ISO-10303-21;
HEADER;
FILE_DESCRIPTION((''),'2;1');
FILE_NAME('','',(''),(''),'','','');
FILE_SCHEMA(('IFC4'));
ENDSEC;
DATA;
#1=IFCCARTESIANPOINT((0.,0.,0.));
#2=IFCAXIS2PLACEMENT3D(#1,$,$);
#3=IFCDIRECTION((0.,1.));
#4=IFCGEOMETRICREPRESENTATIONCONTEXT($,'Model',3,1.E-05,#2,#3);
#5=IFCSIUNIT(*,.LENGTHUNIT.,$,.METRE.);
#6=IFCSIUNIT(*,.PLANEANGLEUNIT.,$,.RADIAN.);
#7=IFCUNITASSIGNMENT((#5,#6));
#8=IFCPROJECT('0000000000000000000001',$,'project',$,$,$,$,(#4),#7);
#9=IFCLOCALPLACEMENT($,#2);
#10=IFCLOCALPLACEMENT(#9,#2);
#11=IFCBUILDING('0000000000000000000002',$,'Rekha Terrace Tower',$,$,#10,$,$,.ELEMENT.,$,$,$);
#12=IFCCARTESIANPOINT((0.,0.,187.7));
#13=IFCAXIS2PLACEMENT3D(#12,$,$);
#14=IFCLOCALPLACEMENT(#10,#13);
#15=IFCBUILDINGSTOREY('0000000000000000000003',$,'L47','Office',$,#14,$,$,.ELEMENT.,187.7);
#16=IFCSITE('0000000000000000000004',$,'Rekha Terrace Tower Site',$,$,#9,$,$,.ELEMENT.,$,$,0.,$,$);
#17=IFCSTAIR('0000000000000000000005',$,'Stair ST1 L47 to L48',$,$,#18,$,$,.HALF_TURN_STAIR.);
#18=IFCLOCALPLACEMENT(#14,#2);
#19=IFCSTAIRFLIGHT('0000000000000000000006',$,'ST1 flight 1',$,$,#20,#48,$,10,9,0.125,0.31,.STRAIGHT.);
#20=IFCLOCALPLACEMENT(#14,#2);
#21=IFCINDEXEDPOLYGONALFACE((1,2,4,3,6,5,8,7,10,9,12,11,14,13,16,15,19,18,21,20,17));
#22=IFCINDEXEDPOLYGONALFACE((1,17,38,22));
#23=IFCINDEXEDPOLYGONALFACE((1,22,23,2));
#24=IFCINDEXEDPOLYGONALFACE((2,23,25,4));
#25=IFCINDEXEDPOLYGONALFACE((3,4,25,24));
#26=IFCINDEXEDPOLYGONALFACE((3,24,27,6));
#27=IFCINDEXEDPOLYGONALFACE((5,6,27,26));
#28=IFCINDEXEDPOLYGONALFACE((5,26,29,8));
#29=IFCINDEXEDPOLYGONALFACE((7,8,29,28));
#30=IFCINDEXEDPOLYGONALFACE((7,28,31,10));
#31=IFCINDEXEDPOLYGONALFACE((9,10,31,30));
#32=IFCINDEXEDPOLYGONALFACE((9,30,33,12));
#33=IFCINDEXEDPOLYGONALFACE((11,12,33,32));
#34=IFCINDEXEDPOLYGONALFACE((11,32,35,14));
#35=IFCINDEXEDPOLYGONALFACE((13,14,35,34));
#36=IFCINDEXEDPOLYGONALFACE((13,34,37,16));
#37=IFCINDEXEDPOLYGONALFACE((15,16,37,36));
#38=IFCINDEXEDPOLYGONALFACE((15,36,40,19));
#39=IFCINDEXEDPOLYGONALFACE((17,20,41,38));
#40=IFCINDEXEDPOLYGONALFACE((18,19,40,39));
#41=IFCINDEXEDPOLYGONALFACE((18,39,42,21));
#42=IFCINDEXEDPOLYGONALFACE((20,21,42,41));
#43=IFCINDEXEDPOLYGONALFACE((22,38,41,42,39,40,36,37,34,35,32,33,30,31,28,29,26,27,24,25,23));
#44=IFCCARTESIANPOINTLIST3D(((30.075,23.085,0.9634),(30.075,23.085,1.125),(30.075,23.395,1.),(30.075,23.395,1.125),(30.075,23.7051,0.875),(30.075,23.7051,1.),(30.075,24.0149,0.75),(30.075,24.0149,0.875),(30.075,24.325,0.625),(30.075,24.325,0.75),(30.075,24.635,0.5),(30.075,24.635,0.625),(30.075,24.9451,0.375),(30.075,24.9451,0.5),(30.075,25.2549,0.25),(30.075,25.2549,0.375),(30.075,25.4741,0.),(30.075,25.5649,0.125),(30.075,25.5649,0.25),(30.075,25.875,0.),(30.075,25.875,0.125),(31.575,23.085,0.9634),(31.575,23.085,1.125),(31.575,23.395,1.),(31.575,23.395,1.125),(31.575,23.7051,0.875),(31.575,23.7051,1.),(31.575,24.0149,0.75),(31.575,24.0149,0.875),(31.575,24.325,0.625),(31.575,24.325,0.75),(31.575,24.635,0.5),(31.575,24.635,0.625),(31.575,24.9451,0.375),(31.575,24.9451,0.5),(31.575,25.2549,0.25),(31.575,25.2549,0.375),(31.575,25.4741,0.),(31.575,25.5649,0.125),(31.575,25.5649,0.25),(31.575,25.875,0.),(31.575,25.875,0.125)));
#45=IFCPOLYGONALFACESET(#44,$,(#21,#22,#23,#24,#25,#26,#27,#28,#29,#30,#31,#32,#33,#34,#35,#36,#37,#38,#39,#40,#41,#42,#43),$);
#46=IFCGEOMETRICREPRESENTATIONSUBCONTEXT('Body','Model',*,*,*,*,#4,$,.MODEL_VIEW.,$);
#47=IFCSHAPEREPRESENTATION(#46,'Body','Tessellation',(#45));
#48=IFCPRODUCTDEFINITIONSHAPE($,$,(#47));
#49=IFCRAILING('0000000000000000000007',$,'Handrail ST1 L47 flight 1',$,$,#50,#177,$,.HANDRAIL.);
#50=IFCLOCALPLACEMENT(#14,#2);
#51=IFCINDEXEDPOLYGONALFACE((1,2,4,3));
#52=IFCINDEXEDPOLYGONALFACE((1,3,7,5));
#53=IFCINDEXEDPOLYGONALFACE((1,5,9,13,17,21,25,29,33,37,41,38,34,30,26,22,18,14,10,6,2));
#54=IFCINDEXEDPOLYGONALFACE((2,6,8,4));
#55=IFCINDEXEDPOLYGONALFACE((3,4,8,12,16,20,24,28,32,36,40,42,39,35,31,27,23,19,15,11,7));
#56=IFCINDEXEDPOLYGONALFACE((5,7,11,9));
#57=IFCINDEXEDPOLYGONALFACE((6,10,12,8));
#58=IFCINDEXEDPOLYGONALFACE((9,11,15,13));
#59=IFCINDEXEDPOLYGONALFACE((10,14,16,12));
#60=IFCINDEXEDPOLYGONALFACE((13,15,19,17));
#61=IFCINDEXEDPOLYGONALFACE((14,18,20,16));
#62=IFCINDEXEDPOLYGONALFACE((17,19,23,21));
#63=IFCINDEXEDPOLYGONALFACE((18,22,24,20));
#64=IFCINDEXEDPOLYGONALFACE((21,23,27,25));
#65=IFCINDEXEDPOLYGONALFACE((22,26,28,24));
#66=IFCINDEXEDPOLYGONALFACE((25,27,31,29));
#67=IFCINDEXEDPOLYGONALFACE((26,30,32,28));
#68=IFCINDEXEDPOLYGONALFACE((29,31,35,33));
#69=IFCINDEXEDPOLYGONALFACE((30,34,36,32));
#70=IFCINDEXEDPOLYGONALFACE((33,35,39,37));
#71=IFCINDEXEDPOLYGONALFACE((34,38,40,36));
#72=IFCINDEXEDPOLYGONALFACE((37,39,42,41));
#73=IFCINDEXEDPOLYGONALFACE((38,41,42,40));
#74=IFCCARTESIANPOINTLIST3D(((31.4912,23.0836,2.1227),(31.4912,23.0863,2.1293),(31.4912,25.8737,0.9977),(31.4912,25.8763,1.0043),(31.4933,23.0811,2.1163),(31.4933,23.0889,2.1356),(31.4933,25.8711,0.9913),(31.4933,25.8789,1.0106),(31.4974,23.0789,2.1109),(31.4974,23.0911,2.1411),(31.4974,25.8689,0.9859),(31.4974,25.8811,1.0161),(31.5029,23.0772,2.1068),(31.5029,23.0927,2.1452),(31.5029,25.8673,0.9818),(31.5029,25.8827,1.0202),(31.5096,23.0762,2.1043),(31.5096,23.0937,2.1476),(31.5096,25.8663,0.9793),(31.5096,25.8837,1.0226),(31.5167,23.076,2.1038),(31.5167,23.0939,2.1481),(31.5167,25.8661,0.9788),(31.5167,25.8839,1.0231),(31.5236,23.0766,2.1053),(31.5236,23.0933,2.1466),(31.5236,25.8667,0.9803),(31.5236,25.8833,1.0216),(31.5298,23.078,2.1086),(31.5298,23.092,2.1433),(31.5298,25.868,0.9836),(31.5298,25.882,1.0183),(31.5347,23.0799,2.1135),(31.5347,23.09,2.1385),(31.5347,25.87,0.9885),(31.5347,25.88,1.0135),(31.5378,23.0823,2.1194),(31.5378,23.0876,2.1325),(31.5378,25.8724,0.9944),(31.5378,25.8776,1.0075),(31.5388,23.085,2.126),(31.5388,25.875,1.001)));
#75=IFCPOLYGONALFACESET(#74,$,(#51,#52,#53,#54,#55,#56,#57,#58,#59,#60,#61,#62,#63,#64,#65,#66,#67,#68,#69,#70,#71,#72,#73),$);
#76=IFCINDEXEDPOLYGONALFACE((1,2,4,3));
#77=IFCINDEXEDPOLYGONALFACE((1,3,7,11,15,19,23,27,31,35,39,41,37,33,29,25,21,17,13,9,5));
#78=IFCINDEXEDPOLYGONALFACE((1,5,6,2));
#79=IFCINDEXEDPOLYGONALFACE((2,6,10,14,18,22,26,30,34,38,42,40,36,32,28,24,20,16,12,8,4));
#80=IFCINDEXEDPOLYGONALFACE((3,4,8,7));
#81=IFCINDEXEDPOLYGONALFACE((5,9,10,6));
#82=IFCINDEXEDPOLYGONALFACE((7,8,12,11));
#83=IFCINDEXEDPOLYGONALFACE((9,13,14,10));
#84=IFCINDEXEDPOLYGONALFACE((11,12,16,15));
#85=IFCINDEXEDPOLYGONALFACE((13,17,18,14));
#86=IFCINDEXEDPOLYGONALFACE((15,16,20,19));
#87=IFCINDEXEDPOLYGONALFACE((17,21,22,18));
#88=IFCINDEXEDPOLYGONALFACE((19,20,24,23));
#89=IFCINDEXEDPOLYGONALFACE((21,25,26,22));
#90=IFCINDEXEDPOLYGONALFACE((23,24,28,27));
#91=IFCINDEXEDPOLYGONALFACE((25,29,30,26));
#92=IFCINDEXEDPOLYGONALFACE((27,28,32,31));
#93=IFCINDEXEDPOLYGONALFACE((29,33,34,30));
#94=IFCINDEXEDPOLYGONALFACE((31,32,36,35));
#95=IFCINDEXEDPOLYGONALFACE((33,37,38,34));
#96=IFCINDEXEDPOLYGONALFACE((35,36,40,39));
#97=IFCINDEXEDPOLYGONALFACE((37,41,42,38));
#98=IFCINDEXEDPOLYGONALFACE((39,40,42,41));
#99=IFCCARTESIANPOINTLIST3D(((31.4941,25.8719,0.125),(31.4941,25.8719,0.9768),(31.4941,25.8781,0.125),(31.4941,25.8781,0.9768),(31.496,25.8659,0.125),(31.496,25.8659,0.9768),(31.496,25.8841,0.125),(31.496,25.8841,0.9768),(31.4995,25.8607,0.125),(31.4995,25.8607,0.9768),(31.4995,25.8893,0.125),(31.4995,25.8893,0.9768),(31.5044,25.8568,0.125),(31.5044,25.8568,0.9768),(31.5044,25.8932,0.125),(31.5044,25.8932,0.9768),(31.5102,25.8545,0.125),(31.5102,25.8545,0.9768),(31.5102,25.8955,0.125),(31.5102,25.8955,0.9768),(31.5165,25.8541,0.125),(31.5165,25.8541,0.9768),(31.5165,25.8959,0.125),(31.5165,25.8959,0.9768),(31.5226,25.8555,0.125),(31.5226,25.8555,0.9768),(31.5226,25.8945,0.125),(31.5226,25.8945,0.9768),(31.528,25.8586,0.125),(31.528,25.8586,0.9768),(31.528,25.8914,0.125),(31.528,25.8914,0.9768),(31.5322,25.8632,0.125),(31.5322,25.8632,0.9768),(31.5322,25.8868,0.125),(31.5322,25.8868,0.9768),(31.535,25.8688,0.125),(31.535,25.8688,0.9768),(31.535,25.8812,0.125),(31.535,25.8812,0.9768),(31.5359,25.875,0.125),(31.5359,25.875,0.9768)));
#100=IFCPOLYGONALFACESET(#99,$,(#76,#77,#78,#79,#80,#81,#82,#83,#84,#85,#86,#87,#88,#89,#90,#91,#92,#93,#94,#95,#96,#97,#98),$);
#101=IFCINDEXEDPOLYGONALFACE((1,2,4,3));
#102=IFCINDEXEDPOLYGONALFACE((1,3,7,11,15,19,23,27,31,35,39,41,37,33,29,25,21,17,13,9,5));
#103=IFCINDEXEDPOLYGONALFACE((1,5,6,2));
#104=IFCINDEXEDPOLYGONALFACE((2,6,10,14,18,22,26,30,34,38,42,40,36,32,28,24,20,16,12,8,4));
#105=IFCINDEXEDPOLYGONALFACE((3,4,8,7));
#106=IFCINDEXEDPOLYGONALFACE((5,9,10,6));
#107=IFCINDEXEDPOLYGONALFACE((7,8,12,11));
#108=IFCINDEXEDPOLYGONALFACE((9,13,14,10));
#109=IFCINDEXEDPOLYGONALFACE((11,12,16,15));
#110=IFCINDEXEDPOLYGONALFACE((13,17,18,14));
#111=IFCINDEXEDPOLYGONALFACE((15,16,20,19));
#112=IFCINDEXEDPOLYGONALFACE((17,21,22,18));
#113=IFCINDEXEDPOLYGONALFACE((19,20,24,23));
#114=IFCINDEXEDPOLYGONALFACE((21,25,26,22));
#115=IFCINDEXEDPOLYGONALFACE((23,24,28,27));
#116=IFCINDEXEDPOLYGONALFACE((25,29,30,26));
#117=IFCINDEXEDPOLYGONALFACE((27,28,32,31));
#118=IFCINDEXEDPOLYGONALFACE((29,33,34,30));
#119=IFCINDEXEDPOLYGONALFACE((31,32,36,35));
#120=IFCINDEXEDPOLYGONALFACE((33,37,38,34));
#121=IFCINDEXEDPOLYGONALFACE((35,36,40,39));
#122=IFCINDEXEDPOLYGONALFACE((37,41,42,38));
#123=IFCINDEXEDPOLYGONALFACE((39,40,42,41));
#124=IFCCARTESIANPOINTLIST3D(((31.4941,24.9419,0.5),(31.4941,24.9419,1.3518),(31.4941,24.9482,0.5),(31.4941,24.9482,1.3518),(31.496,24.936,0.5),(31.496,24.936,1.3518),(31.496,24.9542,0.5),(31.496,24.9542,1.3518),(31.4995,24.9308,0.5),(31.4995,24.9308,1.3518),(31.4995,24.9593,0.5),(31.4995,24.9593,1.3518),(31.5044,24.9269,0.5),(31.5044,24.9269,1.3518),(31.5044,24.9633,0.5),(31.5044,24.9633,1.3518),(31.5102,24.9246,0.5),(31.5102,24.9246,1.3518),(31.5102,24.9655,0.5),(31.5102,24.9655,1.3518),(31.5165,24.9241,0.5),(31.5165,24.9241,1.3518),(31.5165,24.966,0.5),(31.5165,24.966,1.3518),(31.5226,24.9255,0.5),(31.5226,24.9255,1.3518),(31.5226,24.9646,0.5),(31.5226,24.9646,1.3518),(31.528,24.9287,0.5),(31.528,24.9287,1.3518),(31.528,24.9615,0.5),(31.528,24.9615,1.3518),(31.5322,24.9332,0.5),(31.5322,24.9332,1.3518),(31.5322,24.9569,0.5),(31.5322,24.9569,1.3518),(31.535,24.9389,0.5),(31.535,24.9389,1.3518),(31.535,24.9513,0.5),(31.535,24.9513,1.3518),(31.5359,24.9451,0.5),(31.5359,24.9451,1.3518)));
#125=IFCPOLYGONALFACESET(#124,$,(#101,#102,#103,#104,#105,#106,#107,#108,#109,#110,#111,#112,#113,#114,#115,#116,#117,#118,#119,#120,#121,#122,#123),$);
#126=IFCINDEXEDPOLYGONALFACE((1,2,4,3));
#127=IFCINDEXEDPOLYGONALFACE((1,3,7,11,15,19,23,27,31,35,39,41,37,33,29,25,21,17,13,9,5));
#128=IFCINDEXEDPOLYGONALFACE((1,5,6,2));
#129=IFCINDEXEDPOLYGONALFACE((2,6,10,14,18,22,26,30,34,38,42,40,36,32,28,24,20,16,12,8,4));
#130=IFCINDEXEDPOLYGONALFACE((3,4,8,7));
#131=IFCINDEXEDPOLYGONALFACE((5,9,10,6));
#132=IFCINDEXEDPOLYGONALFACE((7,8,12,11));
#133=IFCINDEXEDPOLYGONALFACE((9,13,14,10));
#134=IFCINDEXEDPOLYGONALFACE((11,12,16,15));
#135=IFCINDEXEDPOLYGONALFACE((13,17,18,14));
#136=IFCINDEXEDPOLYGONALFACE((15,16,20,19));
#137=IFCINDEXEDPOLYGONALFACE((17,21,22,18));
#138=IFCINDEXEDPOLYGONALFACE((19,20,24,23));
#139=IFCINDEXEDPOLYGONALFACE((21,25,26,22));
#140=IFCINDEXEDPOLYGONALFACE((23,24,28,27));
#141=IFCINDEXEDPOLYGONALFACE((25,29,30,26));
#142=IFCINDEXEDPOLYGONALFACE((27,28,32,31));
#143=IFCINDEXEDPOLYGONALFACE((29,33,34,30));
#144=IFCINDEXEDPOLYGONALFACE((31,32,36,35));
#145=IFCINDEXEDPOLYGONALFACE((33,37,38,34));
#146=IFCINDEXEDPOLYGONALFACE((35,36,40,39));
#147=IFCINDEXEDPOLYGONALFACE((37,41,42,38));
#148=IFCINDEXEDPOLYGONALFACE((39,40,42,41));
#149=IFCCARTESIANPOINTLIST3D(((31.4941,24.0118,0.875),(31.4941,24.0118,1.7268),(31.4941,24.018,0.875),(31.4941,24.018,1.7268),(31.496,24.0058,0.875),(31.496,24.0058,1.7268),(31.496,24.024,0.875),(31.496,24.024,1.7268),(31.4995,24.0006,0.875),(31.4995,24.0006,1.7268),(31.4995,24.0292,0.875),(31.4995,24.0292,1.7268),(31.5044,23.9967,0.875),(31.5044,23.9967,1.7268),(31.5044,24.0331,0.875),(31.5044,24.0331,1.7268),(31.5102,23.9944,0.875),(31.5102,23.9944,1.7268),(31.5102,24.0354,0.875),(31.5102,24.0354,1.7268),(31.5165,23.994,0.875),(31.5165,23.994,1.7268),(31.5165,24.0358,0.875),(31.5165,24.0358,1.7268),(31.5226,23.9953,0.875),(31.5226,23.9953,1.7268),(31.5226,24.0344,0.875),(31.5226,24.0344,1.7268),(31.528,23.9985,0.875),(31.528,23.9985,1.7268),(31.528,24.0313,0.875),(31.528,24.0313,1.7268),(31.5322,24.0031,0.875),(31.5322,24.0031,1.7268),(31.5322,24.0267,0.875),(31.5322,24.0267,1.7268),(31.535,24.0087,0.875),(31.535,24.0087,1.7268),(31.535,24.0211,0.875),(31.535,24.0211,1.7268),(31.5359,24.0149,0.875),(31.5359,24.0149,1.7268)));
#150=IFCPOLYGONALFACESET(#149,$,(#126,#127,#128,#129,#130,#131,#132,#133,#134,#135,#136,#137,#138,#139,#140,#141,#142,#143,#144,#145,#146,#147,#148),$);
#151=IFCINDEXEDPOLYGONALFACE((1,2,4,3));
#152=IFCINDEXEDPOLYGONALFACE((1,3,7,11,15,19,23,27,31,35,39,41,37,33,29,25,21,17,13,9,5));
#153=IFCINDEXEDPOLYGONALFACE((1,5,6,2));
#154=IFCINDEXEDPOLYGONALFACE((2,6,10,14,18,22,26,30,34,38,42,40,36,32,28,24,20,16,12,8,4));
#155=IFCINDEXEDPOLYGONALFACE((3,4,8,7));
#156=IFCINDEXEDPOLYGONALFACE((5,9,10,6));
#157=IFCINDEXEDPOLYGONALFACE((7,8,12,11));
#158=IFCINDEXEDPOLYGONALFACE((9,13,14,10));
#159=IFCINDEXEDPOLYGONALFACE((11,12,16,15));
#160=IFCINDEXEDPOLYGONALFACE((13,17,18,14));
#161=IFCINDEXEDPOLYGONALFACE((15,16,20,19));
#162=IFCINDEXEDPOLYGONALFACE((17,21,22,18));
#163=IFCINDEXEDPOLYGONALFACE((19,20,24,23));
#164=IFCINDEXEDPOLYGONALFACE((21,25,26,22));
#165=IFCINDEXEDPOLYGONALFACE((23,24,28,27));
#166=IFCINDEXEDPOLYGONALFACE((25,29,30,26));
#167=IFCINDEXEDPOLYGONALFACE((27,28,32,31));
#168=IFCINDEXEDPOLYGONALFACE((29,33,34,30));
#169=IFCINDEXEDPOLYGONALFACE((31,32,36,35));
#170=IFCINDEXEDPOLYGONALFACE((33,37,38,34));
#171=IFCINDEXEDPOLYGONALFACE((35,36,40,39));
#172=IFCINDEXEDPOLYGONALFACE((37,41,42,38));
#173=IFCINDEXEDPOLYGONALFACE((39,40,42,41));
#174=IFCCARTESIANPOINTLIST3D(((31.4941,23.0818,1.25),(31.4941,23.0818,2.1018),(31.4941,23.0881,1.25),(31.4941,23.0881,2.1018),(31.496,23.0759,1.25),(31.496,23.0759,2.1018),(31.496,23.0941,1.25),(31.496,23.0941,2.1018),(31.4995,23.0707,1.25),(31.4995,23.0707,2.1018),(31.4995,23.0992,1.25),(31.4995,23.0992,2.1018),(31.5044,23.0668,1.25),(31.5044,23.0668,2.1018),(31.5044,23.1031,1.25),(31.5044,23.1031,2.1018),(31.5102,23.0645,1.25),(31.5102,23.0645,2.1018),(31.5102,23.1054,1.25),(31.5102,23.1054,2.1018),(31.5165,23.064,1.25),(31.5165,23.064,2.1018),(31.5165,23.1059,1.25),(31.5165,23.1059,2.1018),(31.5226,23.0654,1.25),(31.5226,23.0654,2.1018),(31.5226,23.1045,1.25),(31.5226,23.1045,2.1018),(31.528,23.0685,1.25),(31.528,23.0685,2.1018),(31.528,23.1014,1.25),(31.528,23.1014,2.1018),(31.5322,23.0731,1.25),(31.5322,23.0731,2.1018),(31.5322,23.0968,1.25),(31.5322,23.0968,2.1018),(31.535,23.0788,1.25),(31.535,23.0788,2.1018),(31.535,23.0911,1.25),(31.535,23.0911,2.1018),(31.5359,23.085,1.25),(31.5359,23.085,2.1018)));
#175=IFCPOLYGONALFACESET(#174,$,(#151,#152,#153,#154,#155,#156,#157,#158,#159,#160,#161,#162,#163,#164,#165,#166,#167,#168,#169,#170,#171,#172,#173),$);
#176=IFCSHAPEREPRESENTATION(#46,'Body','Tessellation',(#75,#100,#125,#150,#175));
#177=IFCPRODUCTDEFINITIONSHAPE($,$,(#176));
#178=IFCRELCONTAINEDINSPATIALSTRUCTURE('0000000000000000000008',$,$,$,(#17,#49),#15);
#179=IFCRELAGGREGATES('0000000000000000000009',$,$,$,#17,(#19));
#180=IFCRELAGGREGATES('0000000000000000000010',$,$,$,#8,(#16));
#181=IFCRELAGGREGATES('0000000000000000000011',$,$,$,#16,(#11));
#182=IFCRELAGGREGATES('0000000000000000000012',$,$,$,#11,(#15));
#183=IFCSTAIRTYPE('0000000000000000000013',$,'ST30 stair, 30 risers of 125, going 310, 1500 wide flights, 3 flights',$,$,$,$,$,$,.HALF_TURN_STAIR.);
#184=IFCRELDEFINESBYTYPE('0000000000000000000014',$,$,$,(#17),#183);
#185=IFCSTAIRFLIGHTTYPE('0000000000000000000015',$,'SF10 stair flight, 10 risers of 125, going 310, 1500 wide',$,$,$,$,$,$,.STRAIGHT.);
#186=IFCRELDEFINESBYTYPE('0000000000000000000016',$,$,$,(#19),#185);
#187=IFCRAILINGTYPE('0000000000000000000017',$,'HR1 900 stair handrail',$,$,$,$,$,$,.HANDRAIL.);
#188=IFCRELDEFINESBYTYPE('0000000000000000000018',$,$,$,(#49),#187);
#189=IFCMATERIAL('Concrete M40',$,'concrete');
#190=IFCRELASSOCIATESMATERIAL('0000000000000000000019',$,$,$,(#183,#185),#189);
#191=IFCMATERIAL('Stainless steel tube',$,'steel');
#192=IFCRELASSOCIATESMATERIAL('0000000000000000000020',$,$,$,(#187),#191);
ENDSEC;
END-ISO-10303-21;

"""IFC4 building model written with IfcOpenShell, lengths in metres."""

from ifc_helpers import new_model, si_unit, direction, frame, origin, origin_2d, place, context, subcontext, project, spatial, polyline, circle, outline, extrude, material, type_object, element, aggregate, save


model = new_model("IFC4")

# Units and contexts
model_context = context("Model", 3, precision=1e-05, world=origin(), true_north=direction((0.0, 1.0)))
body_context = subcontext(model_context, "Body", "Model", "MODEL_VIEW")
ifc_project = project(units=[si_unit("LENGTHUNIT", "METRE"), si_unit("PLANEANGLEUNIT", "RADIAN")], contexts=[model_context])

# Site, building, storey
site_placement = place(None, origin())
site = spatial("IfcSite", under=ifc_project, at=site_placement, Name="Rekha Terrace Tower Site", CompositionType="ELEMENT", RefElevation=0.0)
building_placement = place(site_placement, origin())
building = spatial("IfcBuilding", under=site, at=building_placement, Name="Rekha Terrace Tower", CompositionType="ELEMENT")
storey_placement = place(building_placement, frame((0.0, 0.0, 187.7)))
storey = spatial("IfcBuildingStorey", under=building, at=storey_placement, Name="L47", Description="Office", CompositionType="ELEMENT", Elevation=187.7)

# Stair, stair flight
ifc_material_1 = material(Name="Concrete M40", Category="concrete")
stair_type = type_object("IfcStairType", Name="ST30 stair, 30 risers of 125, going 310, 1500 wide flights, 3 flights", PredefinedType="HALF_TURN_STAIR", material=ifc_material_1)
stair_placement = place(storey_placement, origin())
stair = element("IfcStair", 1, at=stair_placement, inside=storey, type_object=stair_type, Name="Stair ST1 L47 to L48", PredefinedType="HALF_TURN_STAIR")
stair_flight_type = type_object("IfcStairFlightType", Name="SF10 stair flight, 10 risers of 125, going 310, 1500 wide", PredefinedType="STRAIGHT", material=ifc_material_1)
stair_flight_placement = place(storey_placement, frame((30.825, 25.875, 0.0), z_axis=(0.0, 0.0, 1.0), x_axis=(0.0, -1.0, 0.0)))
stair_flight = element("IfcStairFlight", 2, at=stair_flight_placement, type_object=stair_flight_type, Name="ST1 flight 1", NumberOfRisers=10, NumberOfTreads=9, PredefinedType="STRAIGHT", RiserHeight=0.125, TreadLength=0.31, context=body_context, shape_type="SweptSolid", body=[
    extrude(outline(polyline([(0.0, 0.0), (0.0, 0.125), (0.3101, 0.125), (0.3101, 0.25), (0.6201, 0.25), (0.6201, 0.375), (0.9299, 0.375), (0.9299, 0.5), (1.24, 0.5), (1.24, 0.625), (1.55, 0.625), (1.55, 0.75), (1.8601, 0.75), (1.8601, 0.875), (2.1699, 0.875), (2.1699, 1.0), (2.48, 1.0), (2.48, 1.125), (2.79, 1.125), (2.79, 1.25), (2.79, 0.9634), (0.4009, 0.0), (0.0, 0.0)])), frame((0.0, 0.75, 0.0), z_axis=(0.0, -1.0, 0.0), x_axis=(1.0, 0.0, 0.0)), (0.0, 0.0, 1.0), 1.5),
])
aggregate(stair, [stair_flight])

# Railing
ifc_material_2 = material(Name="Stainless steel tube", Category="steel")
railing_type = type_object("IfcRailingType", Name="HR1 900 stair handrail", PredefinedType="HANDRAIL", material=ifc_material_2)
railing_placement = place(storey_placement, frame((31.5149, 25.875, 0.125)))
element("IfcRailing", 3, at=railing_placement, inside=storey, type_object=railing_type, Name="Handrail ST1 L47 flight 1", PredefinedType="HANDRAIL", context=body_context, shape_type="SweptSolid", body=[
    extrude(circle(Radius=0.0239, at=origin_2d()), frame((0.0, 0.0, 0.876), z_axis=(0.0, -0.927443, 0.373964), x_axis=(1.0, 0.0, 0.0)), (0.0, 0.0, 1.0), 3.0083),
    extrude(circle(Radius=0.021, at=origin_2d()), origin(), (0.0, 0.0, 1.0), 0.8518),
    extrude(circle(Radius=0.021, at=origin_2d()), frame((0.0, -0.9299, 0.375)), (0.0, 0.0, 1.0), 0.8518),
    extrude(circle(Radius=0.021, at=origin_2d()), frame((0.0, -1.8601, 0.75)), (0.0, 0.0, 1.0), 0.8518),
    extrude(circle(Radius=0.021, at=origin_2d()), frame((0.0, -2.79, 1.125)), (0.0, 0.0, 1.0), 0.8518),
])

save(model, "model.ifc")
